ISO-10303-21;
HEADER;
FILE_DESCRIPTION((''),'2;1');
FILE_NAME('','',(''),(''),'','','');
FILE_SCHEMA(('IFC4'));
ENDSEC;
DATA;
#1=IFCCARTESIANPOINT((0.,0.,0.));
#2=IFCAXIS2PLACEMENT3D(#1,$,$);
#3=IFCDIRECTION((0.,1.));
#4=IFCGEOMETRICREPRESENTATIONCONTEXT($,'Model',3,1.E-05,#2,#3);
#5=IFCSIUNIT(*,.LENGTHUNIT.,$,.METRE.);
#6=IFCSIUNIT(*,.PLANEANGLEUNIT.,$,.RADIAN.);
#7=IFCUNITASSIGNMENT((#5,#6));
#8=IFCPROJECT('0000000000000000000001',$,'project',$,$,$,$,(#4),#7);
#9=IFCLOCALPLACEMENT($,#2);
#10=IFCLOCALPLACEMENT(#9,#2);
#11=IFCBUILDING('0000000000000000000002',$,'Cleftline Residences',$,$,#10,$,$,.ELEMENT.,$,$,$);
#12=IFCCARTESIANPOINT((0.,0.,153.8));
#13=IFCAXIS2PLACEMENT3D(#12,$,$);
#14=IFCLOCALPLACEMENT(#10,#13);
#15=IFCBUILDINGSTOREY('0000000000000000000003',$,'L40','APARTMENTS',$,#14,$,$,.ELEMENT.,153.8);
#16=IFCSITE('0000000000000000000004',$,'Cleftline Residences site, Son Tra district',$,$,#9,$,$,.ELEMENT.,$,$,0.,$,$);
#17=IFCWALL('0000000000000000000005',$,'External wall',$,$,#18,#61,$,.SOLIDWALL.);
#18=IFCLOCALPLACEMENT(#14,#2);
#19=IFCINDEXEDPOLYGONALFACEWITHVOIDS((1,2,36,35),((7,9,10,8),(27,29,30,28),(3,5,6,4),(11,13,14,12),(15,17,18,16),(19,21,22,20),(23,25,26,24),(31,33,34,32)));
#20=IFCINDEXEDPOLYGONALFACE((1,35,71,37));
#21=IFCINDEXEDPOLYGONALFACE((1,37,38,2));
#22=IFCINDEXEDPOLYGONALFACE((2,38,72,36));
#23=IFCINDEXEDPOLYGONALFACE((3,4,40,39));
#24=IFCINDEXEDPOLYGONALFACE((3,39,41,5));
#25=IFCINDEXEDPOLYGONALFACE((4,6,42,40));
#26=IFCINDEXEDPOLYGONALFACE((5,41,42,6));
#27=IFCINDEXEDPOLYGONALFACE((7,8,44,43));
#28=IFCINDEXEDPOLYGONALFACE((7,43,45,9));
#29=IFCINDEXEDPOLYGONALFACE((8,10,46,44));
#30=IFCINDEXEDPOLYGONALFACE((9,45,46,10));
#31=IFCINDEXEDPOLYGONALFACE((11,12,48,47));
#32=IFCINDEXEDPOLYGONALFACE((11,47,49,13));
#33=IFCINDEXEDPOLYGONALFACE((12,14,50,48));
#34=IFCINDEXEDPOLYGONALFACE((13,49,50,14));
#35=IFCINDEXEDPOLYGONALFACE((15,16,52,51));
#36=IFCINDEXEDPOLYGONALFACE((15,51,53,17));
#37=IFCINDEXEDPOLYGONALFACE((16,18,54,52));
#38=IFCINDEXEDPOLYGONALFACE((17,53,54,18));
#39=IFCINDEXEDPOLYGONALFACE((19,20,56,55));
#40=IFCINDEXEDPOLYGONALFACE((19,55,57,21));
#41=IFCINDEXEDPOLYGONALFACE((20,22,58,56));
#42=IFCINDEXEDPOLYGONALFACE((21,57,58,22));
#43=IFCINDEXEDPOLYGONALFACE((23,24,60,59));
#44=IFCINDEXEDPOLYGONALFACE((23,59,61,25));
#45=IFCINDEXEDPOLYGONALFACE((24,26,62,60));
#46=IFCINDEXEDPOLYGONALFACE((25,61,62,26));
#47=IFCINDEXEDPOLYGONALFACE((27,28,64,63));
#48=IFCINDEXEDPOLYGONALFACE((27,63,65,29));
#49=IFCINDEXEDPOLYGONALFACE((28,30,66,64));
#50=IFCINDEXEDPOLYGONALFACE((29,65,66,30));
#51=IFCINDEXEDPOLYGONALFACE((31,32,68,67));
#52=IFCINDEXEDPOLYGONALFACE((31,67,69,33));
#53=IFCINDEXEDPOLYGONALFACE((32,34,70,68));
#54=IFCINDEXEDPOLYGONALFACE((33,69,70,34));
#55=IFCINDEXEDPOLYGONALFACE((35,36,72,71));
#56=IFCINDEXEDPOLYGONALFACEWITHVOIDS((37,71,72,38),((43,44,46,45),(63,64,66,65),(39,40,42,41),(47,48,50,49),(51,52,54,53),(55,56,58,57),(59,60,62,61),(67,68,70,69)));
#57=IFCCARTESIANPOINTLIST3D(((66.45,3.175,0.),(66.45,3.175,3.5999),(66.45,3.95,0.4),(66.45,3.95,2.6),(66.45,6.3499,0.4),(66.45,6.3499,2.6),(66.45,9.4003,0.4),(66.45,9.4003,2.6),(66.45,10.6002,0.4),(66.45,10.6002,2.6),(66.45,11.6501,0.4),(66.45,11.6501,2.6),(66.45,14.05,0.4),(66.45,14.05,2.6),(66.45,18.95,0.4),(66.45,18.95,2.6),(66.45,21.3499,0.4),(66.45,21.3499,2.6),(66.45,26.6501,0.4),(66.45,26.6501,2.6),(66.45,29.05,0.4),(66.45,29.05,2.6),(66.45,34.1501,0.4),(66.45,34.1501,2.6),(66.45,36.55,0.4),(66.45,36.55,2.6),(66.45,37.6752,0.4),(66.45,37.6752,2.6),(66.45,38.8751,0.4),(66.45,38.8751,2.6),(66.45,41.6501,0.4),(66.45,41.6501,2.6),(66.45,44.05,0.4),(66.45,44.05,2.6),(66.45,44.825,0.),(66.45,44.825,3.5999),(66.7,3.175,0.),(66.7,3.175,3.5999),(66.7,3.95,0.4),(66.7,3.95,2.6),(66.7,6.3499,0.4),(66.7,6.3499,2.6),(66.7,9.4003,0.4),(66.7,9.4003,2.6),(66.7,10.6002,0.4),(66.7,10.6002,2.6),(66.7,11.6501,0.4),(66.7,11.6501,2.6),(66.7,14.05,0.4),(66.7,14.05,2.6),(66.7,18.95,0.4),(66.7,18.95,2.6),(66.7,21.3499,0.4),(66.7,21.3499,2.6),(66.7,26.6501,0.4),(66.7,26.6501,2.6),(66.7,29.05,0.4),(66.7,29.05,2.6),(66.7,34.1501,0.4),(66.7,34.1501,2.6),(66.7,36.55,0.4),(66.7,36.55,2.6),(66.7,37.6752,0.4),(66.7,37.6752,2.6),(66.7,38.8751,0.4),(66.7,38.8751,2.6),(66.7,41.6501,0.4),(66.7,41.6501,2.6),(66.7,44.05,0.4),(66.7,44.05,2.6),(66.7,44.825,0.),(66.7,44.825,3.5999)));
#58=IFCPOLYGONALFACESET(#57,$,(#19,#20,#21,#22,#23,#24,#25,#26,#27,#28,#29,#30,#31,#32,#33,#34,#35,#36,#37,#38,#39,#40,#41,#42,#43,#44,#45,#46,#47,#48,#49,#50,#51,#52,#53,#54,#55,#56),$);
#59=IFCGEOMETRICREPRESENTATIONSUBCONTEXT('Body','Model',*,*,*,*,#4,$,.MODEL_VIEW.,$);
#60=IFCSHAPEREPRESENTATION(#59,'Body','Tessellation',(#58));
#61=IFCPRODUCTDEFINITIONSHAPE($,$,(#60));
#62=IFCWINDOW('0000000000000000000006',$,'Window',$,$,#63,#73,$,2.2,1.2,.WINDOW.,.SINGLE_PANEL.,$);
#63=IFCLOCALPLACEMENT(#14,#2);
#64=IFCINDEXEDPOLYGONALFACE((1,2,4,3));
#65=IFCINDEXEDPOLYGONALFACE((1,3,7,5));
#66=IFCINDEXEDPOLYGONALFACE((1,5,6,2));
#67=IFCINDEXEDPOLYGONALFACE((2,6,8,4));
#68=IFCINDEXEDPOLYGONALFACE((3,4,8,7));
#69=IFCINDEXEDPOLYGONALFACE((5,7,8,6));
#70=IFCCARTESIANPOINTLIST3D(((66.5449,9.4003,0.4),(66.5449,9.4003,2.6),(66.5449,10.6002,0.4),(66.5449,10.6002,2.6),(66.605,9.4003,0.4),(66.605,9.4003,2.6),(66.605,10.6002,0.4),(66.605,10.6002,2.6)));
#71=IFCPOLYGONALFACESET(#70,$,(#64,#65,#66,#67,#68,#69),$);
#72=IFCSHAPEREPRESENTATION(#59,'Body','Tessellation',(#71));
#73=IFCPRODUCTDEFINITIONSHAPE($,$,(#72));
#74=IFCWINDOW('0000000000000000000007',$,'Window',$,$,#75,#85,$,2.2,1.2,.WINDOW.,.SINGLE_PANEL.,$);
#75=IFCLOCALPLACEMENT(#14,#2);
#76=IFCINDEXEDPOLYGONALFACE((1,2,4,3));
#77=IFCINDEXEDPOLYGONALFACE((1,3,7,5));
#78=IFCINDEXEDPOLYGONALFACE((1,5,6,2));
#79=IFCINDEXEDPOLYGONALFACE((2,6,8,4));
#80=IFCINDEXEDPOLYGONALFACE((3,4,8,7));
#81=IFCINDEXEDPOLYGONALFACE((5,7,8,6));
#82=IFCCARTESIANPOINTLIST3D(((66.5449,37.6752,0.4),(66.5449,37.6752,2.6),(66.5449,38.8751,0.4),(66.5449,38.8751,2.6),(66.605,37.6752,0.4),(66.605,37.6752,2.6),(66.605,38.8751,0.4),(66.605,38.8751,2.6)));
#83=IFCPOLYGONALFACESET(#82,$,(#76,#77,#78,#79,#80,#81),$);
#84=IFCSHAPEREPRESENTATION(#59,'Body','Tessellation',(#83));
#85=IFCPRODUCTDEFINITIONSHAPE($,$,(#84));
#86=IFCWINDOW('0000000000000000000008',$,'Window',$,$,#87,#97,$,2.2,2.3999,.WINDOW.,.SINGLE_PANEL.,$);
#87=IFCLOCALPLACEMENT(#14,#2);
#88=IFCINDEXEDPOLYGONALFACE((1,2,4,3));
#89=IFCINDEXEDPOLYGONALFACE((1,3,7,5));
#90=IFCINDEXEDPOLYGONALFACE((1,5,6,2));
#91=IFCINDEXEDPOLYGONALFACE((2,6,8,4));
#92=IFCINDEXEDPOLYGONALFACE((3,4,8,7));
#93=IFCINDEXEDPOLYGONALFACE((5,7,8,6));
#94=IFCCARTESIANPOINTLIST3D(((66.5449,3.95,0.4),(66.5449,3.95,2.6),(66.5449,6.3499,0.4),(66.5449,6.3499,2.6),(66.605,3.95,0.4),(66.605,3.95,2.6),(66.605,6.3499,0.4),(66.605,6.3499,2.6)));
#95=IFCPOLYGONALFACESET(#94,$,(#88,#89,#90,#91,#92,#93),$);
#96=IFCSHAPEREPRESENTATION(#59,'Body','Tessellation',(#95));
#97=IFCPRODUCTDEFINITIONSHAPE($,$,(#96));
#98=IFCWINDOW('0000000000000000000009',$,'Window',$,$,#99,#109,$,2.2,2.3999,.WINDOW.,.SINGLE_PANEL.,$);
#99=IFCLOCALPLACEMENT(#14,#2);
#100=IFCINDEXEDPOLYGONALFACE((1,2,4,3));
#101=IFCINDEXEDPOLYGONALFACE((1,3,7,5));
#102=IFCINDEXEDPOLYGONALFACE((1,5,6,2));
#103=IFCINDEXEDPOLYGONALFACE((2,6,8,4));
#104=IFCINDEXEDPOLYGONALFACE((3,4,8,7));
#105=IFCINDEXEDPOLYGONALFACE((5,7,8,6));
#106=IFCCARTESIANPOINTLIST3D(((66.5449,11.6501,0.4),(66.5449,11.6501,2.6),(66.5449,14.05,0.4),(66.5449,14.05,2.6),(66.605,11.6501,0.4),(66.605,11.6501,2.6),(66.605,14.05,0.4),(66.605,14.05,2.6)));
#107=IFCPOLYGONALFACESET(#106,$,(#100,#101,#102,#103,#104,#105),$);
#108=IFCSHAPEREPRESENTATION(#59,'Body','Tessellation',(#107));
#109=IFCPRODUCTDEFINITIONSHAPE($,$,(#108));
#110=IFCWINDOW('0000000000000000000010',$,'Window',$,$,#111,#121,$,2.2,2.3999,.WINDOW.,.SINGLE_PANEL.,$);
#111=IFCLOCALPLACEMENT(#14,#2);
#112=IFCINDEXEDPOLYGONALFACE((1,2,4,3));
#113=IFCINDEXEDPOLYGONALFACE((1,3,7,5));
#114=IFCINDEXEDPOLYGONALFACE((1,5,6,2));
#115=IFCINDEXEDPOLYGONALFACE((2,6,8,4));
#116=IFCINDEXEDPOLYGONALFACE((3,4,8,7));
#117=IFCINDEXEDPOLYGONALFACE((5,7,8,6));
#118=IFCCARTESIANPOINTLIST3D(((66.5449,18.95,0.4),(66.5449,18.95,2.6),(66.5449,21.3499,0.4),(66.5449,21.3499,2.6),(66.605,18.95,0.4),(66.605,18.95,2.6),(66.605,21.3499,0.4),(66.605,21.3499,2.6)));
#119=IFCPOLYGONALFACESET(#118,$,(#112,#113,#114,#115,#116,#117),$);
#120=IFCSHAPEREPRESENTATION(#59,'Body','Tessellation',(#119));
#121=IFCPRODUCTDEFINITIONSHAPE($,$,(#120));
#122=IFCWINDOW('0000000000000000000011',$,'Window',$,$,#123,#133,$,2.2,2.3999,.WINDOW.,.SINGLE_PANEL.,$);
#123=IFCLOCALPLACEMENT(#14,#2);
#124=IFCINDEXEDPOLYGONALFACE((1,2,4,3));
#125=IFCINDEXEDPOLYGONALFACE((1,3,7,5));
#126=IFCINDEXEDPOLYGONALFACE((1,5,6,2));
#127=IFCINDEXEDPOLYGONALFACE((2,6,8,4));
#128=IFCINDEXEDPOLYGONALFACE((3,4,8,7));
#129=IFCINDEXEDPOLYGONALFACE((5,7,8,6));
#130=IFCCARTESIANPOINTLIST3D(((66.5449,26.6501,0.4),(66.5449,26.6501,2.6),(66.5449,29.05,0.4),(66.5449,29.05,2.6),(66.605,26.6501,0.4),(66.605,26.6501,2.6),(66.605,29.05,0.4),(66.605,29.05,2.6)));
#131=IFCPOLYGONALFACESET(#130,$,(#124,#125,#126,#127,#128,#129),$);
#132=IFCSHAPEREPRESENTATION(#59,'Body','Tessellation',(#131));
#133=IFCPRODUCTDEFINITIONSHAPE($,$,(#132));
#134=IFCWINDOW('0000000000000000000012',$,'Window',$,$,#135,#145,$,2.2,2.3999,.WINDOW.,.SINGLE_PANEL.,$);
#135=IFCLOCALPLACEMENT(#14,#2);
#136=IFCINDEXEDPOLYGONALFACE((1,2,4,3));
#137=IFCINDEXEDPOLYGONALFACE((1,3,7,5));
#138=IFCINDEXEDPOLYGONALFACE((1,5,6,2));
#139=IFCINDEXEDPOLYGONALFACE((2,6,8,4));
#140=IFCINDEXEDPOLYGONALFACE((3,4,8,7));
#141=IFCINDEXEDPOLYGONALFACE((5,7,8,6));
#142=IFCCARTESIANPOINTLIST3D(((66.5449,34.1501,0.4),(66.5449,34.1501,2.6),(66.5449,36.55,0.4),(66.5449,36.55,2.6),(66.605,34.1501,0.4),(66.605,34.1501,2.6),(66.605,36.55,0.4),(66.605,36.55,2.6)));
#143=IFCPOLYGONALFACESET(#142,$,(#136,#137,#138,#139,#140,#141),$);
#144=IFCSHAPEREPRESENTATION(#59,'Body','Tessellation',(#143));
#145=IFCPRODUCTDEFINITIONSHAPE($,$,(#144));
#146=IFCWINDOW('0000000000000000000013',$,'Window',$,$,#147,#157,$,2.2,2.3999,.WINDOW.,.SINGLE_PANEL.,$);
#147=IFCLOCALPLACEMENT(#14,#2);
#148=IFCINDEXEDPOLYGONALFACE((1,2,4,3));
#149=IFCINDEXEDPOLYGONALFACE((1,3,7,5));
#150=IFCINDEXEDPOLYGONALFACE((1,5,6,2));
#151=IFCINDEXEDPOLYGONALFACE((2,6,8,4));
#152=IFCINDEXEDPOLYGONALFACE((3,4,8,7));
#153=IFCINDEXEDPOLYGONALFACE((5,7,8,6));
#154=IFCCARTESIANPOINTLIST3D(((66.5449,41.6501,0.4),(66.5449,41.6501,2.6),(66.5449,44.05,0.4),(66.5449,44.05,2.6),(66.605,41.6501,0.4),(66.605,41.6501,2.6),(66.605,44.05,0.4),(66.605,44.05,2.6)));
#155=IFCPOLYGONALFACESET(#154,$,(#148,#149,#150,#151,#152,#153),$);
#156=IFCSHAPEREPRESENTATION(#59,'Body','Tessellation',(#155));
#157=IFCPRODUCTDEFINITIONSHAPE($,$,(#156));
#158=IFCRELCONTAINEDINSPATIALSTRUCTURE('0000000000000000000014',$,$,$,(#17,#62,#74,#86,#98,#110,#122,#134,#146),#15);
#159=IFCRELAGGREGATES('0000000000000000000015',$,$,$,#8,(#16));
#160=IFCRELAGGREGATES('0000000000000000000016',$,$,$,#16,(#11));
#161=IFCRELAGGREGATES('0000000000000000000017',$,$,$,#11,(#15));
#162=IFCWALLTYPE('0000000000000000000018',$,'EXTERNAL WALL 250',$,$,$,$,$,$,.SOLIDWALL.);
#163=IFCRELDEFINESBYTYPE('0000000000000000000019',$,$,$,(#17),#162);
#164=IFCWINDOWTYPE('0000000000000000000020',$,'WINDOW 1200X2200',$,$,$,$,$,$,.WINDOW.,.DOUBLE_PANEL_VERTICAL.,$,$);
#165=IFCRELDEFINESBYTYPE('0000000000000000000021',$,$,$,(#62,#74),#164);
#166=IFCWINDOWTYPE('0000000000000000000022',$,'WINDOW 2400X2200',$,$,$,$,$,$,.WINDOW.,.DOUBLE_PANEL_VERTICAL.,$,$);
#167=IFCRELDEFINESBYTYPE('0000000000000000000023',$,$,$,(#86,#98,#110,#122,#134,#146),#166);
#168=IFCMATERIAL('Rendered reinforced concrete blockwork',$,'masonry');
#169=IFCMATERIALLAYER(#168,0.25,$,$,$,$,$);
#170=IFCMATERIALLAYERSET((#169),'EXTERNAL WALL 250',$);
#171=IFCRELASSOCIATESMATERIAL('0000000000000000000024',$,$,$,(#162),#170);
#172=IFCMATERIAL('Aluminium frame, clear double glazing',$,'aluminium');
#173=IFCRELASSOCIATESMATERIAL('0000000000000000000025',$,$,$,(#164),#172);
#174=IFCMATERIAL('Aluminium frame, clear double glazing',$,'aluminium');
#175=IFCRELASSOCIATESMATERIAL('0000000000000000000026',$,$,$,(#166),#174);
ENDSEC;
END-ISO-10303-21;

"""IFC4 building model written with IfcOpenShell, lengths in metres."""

from ifc_helpers import new_model, si_unit, direction, frame, frame_2d, origin, place, context, subcontext, project, spatial, rectangle, extrude, material, layer, layer_set, type_object, element, fill, save


model = new_model("IFC4")

# Units and contexts
model_context = context("Model", 3, precision=1e-05, world=origin(), true_north=direction((0.0, 1.0)))
body_context = subcontext(model_context, "Body", "Model", "MODEL_VIEW")
ifc_project = project(units=[si_unit("LENGTHUNIT", "METRE"), si_unit("PLANEANGLEUNIT", "RADIAN")], contexts=[model_context])

# Site, building, storey
site_placement = place(None, origin())
site = spatial("IfcSite", under=ifc_project, at=site_placement, Name="Cleftline Residences site, Son Tra district", CompositionType="ELEMENT", RefElevation=0.0)
building_placement = place(site_placement, origin())
building = spatial("IfcBuilding", under=site, at=building_placement, Name="Cleftline Residences", CompositionType="ELEMENT")
storey_placement = place(building_placement, frame((0.0, 0.0, 153.8)))
storey = spatial("IfcBuildingStorey", under=building, at=storey_placement, Name="L40", Description="APARTMENTS", CompositionType="ELEMENT", Elevation=153.8)

# Wall, openings, windows
ifc_material_1 = material(Name="Rendered reinforced concrete blockwork", Category="masonry")
ifc_layer_1 = layer(ifc_material_1, 0.25)
ifc_layer_set_1 = layer_set([ifc_layer_1], Name="EXTERNAL WALL 250")
wall_type = type_object("IfcWallType", Name="EXTERNAL WALL 250", PredefinedType="SOLIDWALL", material=ifc_layer_set_1)
wall_placement = place(storey_placement, frame((66.575, 3.175, 0.0), z_axis=(0.0, 0.0, 1.0), x_axis=(0.0, 1.0, 0.0)))
wall = element("IfcWall", 1, at=wall_placement, inside=storey, type_object=wall_type, Name="External wall", PredefinedType="SOLIDWALL", context=body_context, shape_type="SweptSolid", body=[
    extrude(rectangle(XDim=41.6499, YDim=0.25, at=frame_2d((20.825, 0.0))), origin(), (0.0, 0.0, 1.0), 3.5999),
])
opening_1_placement = place(wall_placement, frame((0.7749, 0.0, 0.3999)))
opening_1 = element("IfcOpeningElement", 2, at=opening_1_placement, cuts=wall, PredefinedType="OPENING", context=body_context, shape_type="SweptSolid", body=[
    extrude(rectangle(XDim=2.3999, YDim=2.2, at=frame_2d((1.2, 1.1001))), frame((0.0, 0.135, 0.0), z_axis=(0.0, -1.0, 0.0), x_axis=(1.0, 0.0, 0.0)), (0.0, 0.0, 1.0), 0.27),
])
opening_2_placement = place(wall_placement, frame((6.2251, 0.0, 0.3999)))
opening_2 = element("IfcOpeningElement", 3, at=opening_2_placement, cuts=wall, PredefinedType="OPENING", context=body_context, shape_type="SweptSolid", body=[
    extrude(rectangle(XDim=1.2, YDim=2.2, at=frame_2d((0.6001, 1.1001))), frame((0.0, 0.135, 0.0), z_axis=(0.0, -1.0, 0.0), x_axis=(1.0, 0.0, 0.0)), (0.0, 0.0, 1.0), 0.27),
])
opening_3_placement = place(wall_placement, frame((8.4751, 0.0, 0.3999)))
opening_3 = element("IfcOpeningElement", 4, at=opening_3_placement, cuts=wall, PredefinedType="OPENING", context=body_context, shape_type="SweptSolid", body=[
    extrude(rectangle(XDim=2.3999, YDim=2.2, at=frame_2d((1.2, 1.1001))), frame((0.0, 0.135, 0.0), z_axis=(0.0, -1.0, 0.0), x_axis=(1.0, 0.0, 0.0)), (0.0, 0.0, 1.0), 0.27),
])
opening_4_placement = place(wall_placement, frame((15.7749, 0.0, 0.3999)))
opening_4 = element("IfcOpeningElement", 5, at=opening_4_placement, cuts=wall, PredefinedType="OPENING", context=body_context, shape_type="SweptSolid", body=[
    extrude(rectangle(XDim=2.3999, YDim=2.2, at=frame_2d((1.2, 1.1001))), frame((0.0, 0.135, 0.0), z_axis=(0.0, -1.0, 0.0), x_axis=(1.0, 0.0, 0.0)), (0.0, 0.0, 1.0), 0.27),
])
opening_5_placement = place(wall_placement, frame((23.4751, 0.0, 0.3999)))
opening_5 = element("IfcOpeningElement", 6, at=opening_5_placement, cuts=wall, PredefinedType="OPENING", context=body_context, shape_type="SweptSolid", body=[
    extrude(rectangle(XDim=2.3999, YDim=2.2, at=frame_2d((1.2, 1.1001))), frame((0.0, 0.135, 0.0), z_axis=(0.0, -1.0, 0.0), x_axis=(1.0, 0.0, 0.0)), (0.0, 0.0, 1.0), 0.27),
])
opening_6_placement = place(wall_placement, frame((30.9751, 0.0, 0.3999)))
opening_6 = element("IfcOpeningElement", 7, at=opening_6_placement, cuts=wall, PredefinedType="OPENING", context=body_context, shape_type="SweptSolid", body=[
    extrude(rectangle(XDim=2.3999, YDim=2.2, at=frame_2d((1.2, 1.1001))), frame((0.0, 0.135, 0.0), z_axis=(0.0, -1.0, 0.0), x_axis=(1.0, 0.0, 0.0)), (0.0, 0.0, 1.0), 0.27),
])
opening_7_placement = place(wall_placement, frame((34.5, 0.0, 0.3999)))
opening_7 = element("IfcOpeningElement", 8, at=opening_7_placement, cuts=wall, PredefinedType="OPENING", context=body_context, shape_type="SweptSolid", body=[
    extrude(rectangle(XDim=1.2, YDim=2.2, at=frame_2d((0.6001, 1.1001))), frame((0.0, 0.135, 0.0), z_axis=(0.0, -1.0, 0.0), x_axis=(1.0, 0.0, 0.0)), (0.0, 0.0, 1.0), 0.27),
])
opening_8_placement = place(wall_placement, frame((38.4751, 0.0, 0.3999)))
opening_8 = element("IfcOpeningElement", 9, at=opening_8_placement, cuts=wall, PredefinedType="OPENING", context=body_context, shape_type="SweptSolid", body=[
    extrude(rectangle(XDim=2.3999, YDim=2.2, at=frame_2d((1.2, 1.1001))), frame((0.0, 0.135, 0.0), z_axis=(0.0, -1.0, 0.0), x_axis=(1.0, 0.0, 0.0)), (0.0, 0.0, 1.0), 0.27),
])
ifc_material_2 = material(Name="Aluminium frame, clear double glazing", Category="aluminium")
window_type_1 = type_object("IfcWindowType", Name="WINDOW 1200X2200", PartitioningType="DOUBLE_PANEL_VERTICAL", PredefinedType="WINDOW", material=ifc_material_2)
window_1_placement = place(opening_2_placement, origin())
window_1 = element("IfcWindow", 10, at=window_1_placement, inside=storey, type_object=window_type_1, Name="Window", OverallHeight=2.2, OverallWidth=1.2, PartitioningType="SINGLE_PANEL", PredefinedType="WINDOW", context=body_context, shape_type="SweptSolid", body=[
    extrude(rectangle(XDim=1.2, YDim=2.2, at=frame_2d((0.6001, 1.1001))), frame((0.0, 0.03, 0.0), z_axis=(0.0, -1.0, 0.0), x_axis=(1.0, 0.0, 0.0)), (0.0, 0.0, 1.0), 0.0601),
])
fill(opening_2, window_1)
window_2_placement = place(opening_7_placement, origin())
window_2 = element("IfcWindow", 11, at=window_2_placement, inside=storey, type_object=window_type_1, Name="Window", OverallHeight=2.2, OverallWidth=1.2, PartitioningType="SINGLE_PANEL", PredefinedType="WINDOW", context=body_context, shape_type="SweptSolid", body=[
    extrude(rectangle(XDim=1.2, YDim=2.2, at=frame_2d((0.6001, 1.1001))), frame((0.0, 0.03, 0.0), z_axis=(0.0, -1.0, 0.0), x_axis=(1.0, 0.0, 0.0)), (0.0, 0.0, 1.0), 0.0601),
])
fill(opening_7, window_2)
ifc_material_3 = material(Name="Aluminium frame, clear double glazing", Category="aluminium")
window_type_2 = type_object("IfcWindowType", Name="WINDOW 2400X2200", PartitioningType="DOUBLE_PANEL_VERTICAL", PredefinedType="WINDOW", material=ifc_material_3)
window_3_placement = place(opening_1_placement, origin())
window_3 = element("IfcWindow", 12, at=window_3_placement, inside=storey, type_object=window_type_2, Name="Window", OverallHeight=2.2, OverallWidth=2.3999, PartitioningType="SINGLE_PANEL", PredefinedType="WINDOW", context=body_context, shape_type="SweptSolid", body=[
    extrude(rectangle(XDim=2.3999, YDim=2.2, at=frame_2d((1.2, 1.1001))), frame((0.0, 0.03, 0.0), z_axis=(0.0, -1.0, 0.0), x_axis=(1.0, 0.0, 0.0)), (0.0, 0.0, 1.0), 0.0601),
])
fill(opening_1, window_3)
window_4_placement = place(opening_3_placement, origin())
window_4 = element("IfcWindow", 13, at=window_4_placement, inside=storey, type_object=window_type_2, Name="Window", OverallHeight=2.2, OverallWidth=2.3999, PartitioningType="SINGLE_PANEL", PredefinedType="WINDOW", context=body_context, shape_type="SweptSolid", body=[
    extrude(rectangle(XDim=2.3999, YDim=2.2, at=frame_2d((1.2, 1.1001))), frame((0.0, 0.03, 0.0), z_axis=(0.0, -1.0, 0.0), x_axis=(1.0, 0.0, 0.0)), (0.0, 0.0, 1.0), 0.0601),
])
fill(opening_3, window_4)
window_5_placement = place(opening_4_placement, origin())
window_5 = element("IfcWindow", 14, at=window_5_placement, inside=storey, type_object=window_type_2, Name="Window", OverallHeight=2.2, OverallWidth=2.3999, PartitioningType="SINGLE_PANEL", PredefinedType="WINDOW", context=body_context, shape_type="SweptSolid", body=[
    extrude(rectangle(XDim=2.3999, YDim=2.2, at=frame_2d((1.2, 1.1001))), frame((0.0, 0.03, 0.0), z_axis=(0.0, -1.0, 0.0), x_axis=(1.0, 0.0, 0.0)), (0.0, 0.0, 1.0), 0.0601),
])
fill(opening_4, window_5)
window_6_placement = place(opening_5_placement, origin())
window_6 = element("IfcWindow", 15, at=window_6_placement, inside=storey, type_object=window_type_2, Name="Window", OverallHeight=2.2, OverallWidth=2.3999, PartitioningType="SINGLE_PANEL", PredefinedType="WINDOW", context=body_context, shape_type="SweptSolid", body=[
    extrude(rectangle(XDim=2.3999, YDim=2.2, at=frame_2d((1.2, 1.1001))), frame((0.0, 0.03, 0.0), z_axis=(0.0, -1.0, 0.0), x_axis=(1.0, 0.0, 0.0)), (0.0, 0.0, 1.0), 0.0601),
])
fill(opening_5, window_6)
window_7_placement = place(opening_6_placement, origin())
window_7 = element("IfcWindow", 16, at=window_7_placement, inside=storey, type_object=window_type_2, Name="Window", OverallHeight=2.2, OverallWidth=2.3999, PartitioningType="SINGLE_PANEL", PredefinedType="WINDOW", context=body_context, shape_type="SweptSolid", body=[
    extrude(rectangle(XDim=2.3999, YDim=2.2, at=frame_2d((1.2, 1.1001))), frame((0.0, 0.03, 0.0), z_axis=(0.0, -1.0, 0.0), x_axis=(1.0, 0.0, 0.0)), (0.0, 0.0, 1.0), 0.0601),
])
fill(opening_6, window_7)
window_8_placement = place(opening_8_placement, origin())
window_8 = element("IfcWindow", 17, at=window_8_placement, inside=storey, type_object=window_type_2, Name="Window", OverallHeight=2.2, OverallWidth=2.3999, PartitioningType="SINGLE_PANEL", PredefinedType="WINDOW", context=body_context, shape_type="SweptSolid", body=[
    extrude(rectangle(XDim=2.3999, YDim=2.2, at=frame_2d((1.2, 1.1001))), frame((0.0, 0.03, 0.0), z_axis=(0.0, -1.0, 0.0), x_axis=(1.0, 0.0, 0.0)), (0.0, 0.0, 1.0), 0.0601),
])
fill(opening_8, window_8)

save(model, "model.ifc")
